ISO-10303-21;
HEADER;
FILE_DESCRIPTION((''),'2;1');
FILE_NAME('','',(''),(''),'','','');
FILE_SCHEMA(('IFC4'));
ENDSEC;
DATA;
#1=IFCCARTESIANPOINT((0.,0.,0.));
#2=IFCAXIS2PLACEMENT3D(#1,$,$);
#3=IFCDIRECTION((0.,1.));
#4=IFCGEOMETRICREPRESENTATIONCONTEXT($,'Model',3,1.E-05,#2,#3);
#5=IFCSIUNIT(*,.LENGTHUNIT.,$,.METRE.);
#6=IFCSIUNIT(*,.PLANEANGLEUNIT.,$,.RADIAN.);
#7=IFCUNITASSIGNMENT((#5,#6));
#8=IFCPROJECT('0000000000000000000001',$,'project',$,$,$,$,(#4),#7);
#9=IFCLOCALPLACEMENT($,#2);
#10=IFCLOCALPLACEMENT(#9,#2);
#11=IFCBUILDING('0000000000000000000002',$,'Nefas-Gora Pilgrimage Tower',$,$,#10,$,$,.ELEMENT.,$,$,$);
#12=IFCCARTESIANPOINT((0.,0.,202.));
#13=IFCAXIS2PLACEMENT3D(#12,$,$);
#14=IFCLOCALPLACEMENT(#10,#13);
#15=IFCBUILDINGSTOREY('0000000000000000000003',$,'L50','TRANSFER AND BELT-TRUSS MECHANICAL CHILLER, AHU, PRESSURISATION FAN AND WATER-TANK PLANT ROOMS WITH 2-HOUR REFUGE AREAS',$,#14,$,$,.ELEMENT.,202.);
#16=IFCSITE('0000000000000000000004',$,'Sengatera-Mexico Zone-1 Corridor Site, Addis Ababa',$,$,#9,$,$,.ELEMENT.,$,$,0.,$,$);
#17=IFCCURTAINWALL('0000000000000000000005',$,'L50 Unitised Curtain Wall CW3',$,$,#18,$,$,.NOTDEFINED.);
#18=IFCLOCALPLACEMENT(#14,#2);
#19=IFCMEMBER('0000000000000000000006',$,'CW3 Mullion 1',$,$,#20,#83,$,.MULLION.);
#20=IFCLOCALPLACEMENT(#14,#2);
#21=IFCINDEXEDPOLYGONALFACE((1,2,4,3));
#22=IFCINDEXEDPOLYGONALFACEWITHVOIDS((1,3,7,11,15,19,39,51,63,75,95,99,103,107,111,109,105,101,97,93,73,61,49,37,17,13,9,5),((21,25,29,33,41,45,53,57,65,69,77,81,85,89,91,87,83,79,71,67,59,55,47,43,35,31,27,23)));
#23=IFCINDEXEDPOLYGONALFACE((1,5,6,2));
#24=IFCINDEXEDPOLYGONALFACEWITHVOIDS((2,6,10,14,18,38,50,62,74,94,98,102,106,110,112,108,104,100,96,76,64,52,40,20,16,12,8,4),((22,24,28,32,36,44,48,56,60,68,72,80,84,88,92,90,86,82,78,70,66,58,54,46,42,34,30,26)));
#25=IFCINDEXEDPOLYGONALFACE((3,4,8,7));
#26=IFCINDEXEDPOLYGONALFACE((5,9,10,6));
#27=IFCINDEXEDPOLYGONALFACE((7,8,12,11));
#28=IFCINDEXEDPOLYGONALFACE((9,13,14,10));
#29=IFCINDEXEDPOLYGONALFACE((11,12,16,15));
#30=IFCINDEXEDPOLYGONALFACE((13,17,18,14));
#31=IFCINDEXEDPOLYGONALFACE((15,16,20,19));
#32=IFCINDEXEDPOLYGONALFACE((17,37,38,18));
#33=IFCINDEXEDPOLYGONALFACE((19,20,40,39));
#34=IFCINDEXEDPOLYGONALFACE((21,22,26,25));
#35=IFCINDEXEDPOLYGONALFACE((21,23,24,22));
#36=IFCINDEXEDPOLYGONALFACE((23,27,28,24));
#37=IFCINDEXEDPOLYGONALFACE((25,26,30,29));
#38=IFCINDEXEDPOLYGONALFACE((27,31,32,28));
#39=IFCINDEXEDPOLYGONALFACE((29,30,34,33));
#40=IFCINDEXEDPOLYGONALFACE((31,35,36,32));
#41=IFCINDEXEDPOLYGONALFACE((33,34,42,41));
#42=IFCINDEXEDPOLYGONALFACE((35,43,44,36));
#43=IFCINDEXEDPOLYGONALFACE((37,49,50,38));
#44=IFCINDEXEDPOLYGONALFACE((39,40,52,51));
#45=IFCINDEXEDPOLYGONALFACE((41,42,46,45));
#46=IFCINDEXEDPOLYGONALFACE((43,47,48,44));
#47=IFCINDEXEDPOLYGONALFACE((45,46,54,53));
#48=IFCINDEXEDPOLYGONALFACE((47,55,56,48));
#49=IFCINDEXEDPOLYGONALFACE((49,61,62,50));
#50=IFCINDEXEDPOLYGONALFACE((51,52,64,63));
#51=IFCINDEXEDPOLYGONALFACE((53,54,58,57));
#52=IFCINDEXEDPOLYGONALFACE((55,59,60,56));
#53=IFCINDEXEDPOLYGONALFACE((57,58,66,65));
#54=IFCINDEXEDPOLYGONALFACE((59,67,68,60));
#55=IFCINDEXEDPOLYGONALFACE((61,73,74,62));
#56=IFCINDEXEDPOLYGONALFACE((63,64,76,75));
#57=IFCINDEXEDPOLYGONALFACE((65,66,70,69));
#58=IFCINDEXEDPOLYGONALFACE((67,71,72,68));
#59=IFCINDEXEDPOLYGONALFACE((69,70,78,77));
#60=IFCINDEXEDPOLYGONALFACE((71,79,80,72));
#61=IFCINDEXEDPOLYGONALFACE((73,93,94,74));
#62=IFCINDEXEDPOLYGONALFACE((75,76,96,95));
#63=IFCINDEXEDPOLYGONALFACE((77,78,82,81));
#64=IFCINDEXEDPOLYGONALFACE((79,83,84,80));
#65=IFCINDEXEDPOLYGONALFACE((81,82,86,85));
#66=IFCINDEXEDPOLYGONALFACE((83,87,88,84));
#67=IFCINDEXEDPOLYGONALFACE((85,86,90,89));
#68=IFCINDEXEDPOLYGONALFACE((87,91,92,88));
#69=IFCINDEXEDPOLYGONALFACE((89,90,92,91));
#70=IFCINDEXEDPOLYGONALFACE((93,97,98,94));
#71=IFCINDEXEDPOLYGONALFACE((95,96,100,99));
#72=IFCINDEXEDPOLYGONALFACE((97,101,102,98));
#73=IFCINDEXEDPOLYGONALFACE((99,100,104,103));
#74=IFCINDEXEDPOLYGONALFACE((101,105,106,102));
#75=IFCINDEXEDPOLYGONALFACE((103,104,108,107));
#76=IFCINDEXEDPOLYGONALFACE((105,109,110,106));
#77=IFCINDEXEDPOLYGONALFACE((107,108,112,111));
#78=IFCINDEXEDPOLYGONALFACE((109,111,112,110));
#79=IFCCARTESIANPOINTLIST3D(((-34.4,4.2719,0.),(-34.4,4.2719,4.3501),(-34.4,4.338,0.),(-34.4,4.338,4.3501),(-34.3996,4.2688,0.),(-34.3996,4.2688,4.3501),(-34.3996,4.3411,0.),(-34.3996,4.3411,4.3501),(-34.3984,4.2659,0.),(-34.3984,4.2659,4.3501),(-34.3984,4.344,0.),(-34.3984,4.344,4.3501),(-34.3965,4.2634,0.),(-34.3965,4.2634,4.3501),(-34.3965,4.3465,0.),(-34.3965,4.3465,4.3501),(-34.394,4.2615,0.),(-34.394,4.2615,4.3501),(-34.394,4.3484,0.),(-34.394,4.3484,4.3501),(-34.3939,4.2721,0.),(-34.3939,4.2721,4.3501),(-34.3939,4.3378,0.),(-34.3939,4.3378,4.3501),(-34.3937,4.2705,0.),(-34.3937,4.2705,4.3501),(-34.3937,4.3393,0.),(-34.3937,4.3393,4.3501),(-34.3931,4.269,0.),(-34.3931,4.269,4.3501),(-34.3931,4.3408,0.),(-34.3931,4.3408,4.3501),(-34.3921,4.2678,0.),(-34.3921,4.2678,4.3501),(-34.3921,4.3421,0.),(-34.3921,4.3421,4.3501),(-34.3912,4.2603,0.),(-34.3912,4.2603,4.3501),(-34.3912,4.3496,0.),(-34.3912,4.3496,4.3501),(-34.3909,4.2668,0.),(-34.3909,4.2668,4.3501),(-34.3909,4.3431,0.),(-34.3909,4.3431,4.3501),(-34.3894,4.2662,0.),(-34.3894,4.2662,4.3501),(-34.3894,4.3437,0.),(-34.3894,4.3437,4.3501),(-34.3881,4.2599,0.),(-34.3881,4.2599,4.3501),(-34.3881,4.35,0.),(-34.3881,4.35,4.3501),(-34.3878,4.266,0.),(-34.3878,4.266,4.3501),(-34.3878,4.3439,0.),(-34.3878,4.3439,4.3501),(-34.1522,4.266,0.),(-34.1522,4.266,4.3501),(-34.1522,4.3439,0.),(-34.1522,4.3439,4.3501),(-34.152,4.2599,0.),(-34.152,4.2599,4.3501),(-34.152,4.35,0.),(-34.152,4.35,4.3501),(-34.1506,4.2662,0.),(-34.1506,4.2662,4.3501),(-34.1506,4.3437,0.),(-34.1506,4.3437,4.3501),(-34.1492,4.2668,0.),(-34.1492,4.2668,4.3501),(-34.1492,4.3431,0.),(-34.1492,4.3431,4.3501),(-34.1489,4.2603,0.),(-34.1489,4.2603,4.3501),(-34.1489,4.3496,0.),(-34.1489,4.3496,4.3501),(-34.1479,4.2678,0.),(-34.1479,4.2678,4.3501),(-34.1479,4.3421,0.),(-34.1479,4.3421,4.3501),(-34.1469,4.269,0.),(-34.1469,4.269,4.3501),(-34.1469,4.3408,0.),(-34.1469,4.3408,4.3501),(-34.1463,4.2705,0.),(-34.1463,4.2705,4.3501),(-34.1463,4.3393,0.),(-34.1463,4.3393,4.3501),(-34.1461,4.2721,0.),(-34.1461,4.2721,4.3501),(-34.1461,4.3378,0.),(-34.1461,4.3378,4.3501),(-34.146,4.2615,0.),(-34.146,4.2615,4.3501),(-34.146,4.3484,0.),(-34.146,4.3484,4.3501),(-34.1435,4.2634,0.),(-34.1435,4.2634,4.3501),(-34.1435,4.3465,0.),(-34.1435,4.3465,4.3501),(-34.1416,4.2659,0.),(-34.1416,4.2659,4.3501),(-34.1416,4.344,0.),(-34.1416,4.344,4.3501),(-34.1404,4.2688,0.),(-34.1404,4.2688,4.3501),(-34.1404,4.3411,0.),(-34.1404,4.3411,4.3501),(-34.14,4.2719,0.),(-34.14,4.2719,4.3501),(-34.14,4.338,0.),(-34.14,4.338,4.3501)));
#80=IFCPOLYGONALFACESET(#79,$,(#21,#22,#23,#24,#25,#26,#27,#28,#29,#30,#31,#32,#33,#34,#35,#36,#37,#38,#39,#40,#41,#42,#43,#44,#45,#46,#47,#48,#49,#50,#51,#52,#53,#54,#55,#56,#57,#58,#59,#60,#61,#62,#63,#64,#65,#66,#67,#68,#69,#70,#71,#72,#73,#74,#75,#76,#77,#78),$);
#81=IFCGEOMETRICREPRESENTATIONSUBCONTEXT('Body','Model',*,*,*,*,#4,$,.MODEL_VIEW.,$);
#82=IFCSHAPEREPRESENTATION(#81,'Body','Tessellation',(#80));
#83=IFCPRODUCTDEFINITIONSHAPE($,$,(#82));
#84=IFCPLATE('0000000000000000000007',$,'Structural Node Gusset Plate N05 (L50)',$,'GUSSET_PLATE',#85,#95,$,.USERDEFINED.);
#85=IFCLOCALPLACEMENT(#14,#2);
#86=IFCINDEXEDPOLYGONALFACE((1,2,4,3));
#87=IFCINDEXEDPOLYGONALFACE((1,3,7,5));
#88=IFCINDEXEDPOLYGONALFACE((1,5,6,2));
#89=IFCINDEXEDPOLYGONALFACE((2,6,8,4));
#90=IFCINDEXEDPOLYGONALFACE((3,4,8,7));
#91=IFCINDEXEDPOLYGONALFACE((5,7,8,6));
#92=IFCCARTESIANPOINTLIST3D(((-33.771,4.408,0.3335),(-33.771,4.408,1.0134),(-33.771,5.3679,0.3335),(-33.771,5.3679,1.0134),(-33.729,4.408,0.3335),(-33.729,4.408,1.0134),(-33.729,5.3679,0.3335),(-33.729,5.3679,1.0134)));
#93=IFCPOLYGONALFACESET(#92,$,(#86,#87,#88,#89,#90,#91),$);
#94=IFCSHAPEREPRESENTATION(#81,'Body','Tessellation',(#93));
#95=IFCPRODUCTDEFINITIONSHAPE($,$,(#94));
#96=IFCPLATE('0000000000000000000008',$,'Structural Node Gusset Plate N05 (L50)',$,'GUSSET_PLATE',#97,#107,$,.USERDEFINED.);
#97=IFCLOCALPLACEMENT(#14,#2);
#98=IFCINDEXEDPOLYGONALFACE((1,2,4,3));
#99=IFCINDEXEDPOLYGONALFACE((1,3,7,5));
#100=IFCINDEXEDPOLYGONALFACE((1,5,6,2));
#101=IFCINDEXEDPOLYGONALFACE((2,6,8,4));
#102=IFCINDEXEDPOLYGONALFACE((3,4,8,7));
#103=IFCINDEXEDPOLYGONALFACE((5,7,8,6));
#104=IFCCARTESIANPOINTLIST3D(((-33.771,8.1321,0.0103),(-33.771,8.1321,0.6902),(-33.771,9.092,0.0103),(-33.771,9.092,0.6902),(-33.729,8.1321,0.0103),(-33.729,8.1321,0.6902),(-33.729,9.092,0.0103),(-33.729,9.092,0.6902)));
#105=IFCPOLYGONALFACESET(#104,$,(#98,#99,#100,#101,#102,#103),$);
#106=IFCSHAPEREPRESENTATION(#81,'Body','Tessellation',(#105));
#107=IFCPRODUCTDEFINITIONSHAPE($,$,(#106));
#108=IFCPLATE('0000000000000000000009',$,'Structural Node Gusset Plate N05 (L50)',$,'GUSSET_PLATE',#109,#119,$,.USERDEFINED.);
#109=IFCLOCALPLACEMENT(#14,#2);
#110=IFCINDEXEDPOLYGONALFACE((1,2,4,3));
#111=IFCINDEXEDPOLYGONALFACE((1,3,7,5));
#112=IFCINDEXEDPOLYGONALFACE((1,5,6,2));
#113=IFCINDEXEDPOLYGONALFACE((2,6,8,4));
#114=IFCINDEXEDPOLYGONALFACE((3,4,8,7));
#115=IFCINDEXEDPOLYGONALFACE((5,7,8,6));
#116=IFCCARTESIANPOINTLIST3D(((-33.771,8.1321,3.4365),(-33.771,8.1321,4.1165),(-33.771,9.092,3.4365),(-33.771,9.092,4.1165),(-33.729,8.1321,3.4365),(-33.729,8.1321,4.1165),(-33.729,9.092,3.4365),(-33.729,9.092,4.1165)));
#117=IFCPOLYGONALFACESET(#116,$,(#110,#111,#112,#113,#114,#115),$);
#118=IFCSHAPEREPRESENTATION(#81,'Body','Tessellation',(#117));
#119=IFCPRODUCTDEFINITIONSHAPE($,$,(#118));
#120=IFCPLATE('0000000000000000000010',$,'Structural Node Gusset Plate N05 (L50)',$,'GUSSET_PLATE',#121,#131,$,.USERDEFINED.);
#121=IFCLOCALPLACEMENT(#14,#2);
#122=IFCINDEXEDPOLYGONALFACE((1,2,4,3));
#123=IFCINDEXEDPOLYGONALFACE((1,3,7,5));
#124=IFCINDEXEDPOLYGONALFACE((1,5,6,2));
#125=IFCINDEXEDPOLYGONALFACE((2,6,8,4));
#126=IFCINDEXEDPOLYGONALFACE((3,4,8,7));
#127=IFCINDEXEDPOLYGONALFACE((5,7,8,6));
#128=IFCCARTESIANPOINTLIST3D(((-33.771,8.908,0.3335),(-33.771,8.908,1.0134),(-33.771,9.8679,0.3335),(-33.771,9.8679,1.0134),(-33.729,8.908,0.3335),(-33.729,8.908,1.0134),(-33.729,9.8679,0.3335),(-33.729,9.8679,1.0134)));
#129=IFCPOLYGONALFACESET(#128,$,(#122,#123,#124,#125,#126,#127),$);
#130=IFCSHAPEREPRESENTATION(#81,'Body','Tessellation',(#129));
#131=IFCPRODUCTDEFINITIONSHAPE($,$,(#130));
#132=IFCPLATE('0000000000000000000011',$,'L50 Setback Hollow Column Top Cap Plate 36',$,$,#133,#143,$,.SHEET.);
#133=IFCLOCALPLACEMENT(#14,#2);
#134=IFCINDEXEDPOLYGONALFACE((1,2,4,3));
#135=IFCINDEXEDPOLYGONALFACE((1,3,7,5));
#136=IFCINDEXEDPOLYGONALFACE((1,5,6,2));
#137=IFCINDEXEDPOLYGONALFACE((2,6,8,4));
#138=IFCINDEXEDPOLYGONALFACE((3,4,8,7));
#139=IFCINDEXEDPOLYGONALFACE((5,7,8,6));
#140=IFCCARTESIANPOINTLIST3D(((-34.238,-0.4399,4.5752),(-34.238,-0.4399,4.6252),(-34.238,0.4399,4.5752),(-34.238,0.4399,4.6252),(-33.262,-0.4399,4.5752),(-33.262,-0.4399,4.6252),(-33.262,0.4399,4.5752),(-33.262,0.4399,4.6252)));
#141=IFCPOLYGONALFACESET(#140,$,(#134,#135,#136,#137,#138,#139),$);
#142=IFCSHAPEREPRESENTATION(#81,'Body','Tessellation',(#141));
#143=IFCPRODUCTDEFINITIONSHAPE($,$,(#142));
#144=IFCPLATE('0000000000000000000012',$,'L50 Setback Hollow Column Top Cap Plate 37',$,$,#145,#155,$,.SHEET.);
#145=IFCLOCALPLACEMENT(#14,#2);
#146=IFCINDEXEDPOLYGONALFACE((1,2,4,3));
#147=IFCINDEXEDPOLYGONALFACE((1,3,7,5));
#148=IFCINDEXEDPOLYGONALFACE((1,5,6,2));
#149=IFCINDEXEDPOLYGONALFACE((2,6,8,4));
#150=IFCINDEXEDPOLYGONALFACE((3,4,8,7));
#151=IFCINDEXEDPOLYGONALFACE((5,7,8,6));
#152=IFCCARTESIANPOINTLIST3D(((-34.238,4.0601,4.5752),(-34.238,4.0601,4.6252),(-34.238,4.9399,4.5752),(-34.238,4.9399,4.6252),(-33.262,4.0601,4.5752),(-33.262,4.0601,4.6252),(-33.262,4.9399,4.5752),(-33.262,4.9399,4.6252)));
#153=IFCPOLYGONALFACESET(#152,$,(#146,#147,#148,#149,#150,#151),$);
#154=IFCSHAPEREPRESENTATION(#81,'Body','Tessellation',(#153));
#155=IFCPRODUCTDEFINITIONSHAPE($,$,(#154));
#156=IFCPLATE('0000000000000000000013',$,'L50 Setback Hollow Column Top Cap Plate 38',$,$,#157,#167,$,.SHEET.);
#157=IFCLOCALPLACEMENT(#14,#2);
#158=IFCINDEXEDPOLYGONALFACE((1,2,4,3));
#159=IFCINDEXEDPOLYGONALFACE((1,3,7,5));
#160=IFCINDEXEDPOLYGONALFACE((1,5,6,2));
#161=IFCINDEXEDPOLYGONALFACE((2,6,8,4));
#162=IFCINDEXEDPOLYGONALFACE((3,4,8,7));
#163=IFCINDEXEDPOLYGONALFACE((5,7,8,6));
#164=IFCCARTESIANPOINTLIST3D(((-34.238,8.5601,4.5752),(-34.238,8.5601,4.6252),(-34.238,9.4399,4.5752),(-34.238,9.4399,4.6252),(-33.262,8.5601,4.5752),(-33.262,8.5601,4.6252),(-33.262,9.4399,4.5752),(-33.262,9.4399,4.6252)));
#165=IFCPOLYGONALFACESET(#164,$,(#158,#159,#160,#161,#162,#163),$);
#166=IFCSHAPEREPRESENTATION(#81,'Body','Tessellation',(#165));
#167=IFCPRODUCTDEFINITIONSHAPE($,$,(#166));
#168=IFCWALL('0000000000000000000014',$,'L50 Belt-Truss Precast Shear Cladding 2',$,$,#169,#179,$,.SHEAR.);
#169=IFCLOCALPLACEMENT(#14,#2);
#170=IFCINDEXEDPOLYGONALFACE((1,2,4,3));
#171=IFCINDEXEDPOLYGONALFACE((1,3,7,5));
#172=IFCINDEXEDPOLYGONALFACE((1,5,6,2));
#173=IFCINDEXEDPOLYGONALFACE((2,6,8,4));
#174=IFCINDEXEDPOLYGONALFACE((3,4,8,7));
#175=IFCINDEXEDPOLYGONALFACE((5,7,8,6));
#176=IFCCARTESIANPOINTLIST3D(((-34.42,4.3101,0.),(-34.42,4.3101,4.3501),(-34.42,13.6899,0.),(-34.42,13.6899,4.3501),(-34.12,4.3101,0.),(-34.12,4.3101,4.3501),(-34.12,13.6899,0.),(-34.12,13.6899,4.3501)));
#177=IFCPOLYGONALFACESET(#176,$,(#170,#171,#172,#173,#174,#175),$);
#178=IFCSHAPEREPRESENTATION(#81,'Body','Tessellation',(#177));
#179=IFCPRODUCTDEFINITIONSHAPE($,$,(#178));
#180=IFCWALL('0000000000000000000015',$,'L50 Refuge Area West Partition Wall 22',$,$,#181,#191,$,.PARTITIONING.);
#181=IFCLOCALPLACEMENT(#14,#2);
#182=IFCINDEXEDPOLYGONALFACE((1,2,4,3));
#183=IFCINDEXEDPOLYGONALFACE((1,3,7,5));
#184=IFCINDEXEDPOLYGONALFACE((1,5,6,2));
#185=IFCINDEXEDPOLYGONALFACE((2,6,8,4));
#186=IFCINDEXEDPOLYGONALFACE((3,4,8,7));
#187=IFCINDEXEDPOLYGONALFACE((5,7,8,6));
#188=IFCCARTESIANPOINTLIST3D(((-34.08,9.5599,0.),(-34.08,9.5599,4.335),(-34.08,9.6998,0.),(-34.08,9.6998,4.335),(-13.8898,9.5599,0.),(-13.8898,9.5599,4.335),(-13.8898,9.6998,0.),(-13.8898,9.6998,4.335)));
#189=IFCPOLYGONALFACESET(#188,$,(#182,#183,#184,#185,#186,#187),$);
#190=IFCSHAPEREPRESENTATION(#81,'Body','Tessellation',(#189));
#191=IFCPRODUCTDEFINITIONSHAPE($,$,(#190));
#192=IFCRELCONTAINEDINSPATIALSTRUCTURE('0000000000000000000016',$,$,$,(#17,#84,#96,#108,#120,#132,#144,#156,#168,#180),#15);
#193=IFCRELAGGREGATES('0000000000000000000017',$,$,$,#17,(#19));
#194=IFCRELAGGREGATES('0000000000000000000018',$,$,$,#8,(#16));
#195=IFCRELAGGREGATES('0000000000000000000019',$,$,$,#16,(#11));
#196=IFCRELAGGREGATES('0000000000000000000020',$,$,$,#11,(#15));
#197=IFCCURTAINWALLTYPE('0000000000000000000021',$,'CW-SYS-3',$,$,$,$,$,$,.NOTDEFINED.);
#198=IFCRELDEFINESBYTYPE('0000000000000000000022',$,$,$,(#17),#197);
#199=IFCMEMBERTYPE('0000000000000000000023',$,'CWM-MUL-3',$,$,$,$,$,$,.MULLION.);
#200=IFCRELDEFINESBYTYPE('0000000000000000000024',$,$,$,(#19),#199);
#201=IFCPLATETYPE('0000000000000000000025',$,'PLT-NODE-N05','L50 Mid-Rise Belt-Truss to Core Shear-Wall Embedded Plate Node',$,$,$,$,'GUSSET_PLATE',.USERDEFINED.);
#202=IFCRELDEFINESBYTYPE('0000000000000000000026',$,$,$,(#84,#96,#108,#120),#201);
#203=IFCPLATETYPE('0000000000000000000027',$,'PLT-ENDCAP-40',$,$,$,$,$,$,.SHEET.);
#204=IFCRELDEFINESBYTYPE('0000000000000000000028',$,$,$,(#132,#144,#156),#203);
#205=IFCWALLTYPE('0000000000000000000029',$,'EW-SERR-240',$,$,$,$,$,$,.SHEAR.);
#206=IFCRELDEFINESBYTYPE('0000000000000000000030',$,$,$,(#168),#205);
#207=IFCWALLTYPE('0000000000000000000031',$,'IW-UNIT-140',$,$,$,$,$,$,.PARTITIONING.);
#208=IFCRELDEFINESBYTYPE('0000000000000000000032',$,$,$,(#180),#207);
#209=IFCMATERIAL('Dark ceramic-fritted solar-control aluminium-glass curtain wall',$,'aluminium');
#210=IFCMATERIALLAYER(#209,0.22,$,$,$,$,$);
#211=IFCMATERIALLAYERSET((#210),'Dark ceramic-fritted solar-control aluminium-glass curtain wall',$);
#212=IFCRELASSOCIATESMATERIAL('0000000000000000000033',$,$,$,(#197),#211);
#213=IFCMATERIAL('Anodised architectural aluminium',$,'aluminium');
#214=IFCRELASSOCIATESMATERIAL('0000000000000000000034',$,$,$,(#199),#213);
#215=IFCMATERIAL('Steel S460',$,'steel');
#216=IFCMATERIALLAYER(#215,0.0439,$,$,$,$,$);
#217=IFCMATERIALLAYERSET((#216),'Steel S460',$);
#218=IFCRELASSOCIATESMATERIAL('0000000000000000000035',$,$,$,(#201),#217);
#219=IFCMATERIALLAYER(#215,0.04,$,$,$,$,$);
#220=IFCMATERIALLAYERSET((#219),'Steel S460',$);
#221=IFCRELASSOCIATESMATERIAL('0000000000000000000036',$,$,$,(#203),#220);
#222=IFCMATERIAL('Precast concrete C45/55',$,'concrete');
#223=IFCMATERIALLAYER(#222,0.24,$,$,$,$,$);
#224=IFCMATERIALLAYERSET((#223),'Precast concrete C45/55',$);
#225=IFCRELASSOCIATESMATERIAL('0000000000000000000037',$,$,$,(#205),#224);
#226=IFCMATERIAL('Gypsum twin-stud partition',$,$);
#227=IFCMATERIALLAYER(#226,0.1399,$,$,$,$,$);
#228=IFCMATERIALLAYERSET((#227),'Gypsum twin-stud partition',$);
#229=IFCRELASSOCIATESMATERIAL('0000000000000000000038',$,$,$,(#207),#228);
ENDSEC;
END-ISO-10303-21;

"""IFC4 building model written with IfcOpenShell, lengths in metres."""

from ifc_helpers import new_model, si_unit, direction, frame, frame_2d, origin, origin_2d, place, context, subcontext, project, spatial, rectangle, hollow_rectangle, extrude, source, transform, mapped, material, layer, layer_set, material_profile, profile_set, type_object, element, aggregate, save


model = new_model("IFC4")

# Units and contexts
model_context = context("Model", 3, precision=1e-05, world=origin(), true_north=direction((0.0, 1.0)))
body_context = subcontext(model_context, "Body", "Model", "MODEL_VIEW")
ifc_project = project(units=[si_unit("LENGTHUNIT", "METRE"), si_unit("PLANEANGLEUNIT", "RADIAN")], contexts=[model_context])

# Site, building, storey
site_placement = place(None, origin())
site = spatial("IfcSite", under=ifc_project, at=site_placement, Name="Sengatera-Mexico Zone-1 Corridor Site, Addis Ababa", CompositionType="ELEMENT", RefElevation=0.0)
building_placement = place(site_placement, origin())
building = spatial("IfcBuilding", under=site, at=building_placement, Name="Nefas-Gora Pilgrimage Tower", CompositionType="ELEMENT")
storey_placement = place(building_placement, frame((0.0, 0.0, 202.0)))
storey = spatial("IfcBuildingStorey", under=building, at=storey_placement, Name="L50", Description="TRANSFER AND BELT-TRUSS MECHANICAL CHILLER, AHU, PRESSURISATION FAN AND WATER-TANK PLANT ROOMS WITH 2-HOUR REFUGE AREAS", CompositionType="ELEMENT", Elevation=202.0)

# Shared definitions
ifc_material_1 = material(Name="Steel S460", Category="steel")

# Curtain wall, member
ifc_material_2 = material(Name="Dark ceramic-fritted solar-control aluminium-glass curtain wall", Category="aluminium")
ifc_layer_1 = layer(ifc_material_2, 0.22)
ifc_layer_set_1 = layer_set([ifc_layer_1], Name="Dark ceramic-fritted solar-control aluminium-glass curtain wall")
curtain_wall_type = type_object("IfcCurtainWallType", Name="CW-SYS-3", PredefinedType="NOTDEFINED", material=ifc_layer_set_1)
curtain_wall_placement = place(storey_placement, origin())
curtain_wall = element("IfcCurtainWall", 1, at=curtain_wall_placement, inside=storey, type_object=curtain_wall_type, Name="L50 Unitised Curtain Wall CW3", PredefinedType="NOTDEFINED")
ifc_material_3 = material(Name="Anodised architectural aluminium", Category="aluminium")
ifc_material_profile_1 = material_profile(ifc_material_3, hollow_rectangle(XDim=0.0901, YDim=0.26, WallThickness=0.0061, InnerFilletRadius=0.0061, OuterFilletRadius=0.012, at=origin_2d()), Name="ALU MULLION 90x260")
ifc_profile_set_1 = profile_set([ifc_material_profile_1], Name="Anodised architectural aluminium")
member_type_1 = type_object("IfcMemberType", Name="CWM-MUL-3", PredefinedType="MULLION", material=ifc_profile_set_1)
shared_shape_1 = source(origin(), body_context, "Body", "SweptSolid", [
    extrude(hollow_rectangle(XDim=0.0901, YDim=0.26, WallThickness=0.0061, InnerFilletRadius=0.0061, OuterFilletRadius=0.012, at=origin_2d()), origin(), (0.0, 0.0, 1.0), 4.3501),
])
member_1_placement = place(storey_placement, frame((-34.27, 4.3049, 0.0), z_axis=(0.0, 0.0, 1.0), x_axis=(0.0, -1.0, 0.0)))
member_1 = element("IfcMember", 2, at=member_1_placement, type_object=member_type_1, Name="CW3 Mullion 1", PredefinedType="MULLION", context=body_context, shape_type="MappedRepresentation", body=[
    mapped(shared_shape_1, transform((0.0, 0.0, 0.0), x_axis=(1.0, 0.0, 0.0), y_axis=(0.0, 1.0, 0.0), z_axis=(0.0, 0.0, 1.0), scale=1.0)),
])
aggregate(curtain_wall, [member_1])

# Plates
ifc_layer_2 = layer(ifc_material_1, 0.0439)
ifc_layer_set_2 = layer_set([ifc_layer_2], Name="Steel S460")
plate_type_1 = type_object("IfcPlateType", Name="PLT-NODE-N05", Description="L50 Mid-Rise Belt-Truss to Core Shear-Wall Embedded Plate Node", ElementType="GUSSET_PLATE", PredefinedType="USERDEFINED", material=ifc_layer_set_2)
shared_shape_2 = source(origin(), body_context, "Body", "SweptSolid", [
    extrude(rectangle(XDim=0.96, YDim=0.042, at=origin_2d()), origin(), (0.0, 0.0, 1.0), 0.6799),
])
for number, where, z_axis, x_axis, name in (
    (3, (-33.75, 4.8879, 0.3335), (0.0, 0.0, 1.0), (0.0, 1.0, 0.0), "Structural Node Gusset Plate N05 (L50)"),
    (4, (-33.75, 8.6121, 0.0103), (0.0, 0.0, 1.0), (0.0, 1.0, 0.0), "Structural Node Gusset Plate N05 (L50)"),
    (5, (-33.75, 8.6121, 3.4365), (0.0, 0.0, 1.0), (0.0, 1.0, 0.0), "Structural Node Gusset Plate N05 (L50)"),
    (6, (-33.75, 9.3879, 0.3335), (0.0, 0.0, 1.0), (0.0, 1.0, 0.0), "Structural Node Gusset Plate N05 (L50)"),
):
    element("IfcPlate", number, at=place(storey_placement, frame(where, z_axis=z_axis, x_axis=x_axis)), inside=storey, type_object=plate_type_1, Name=name, ObjectType="GUSSET_PLATE", PredefinedType="USERDEFINED", context=body_context, shape_type="MappedRepresentation", body=[
        mapped(shared_shape_2, transform((0.0, 0.0, 0.0), x_axis=(1.0, 0.0, 0.0), y_axis=(0.0, 1.0, 0.0), z_axis=(0.0, 0.0, 1.0), scale=1.0)),
    ])
ifc_layer_3 = layer(ifc_material_1, 0.04)
ifc_layer_set_3 = layer_set([ifc_layer_3], Name="Steel S460")
plate_type_2 = type_object("IfcPlateType", Name="PLT-ENDCAP-40", PredefinedType="SHEET", material=ifc_layer_set_3)
shared_shape_3 = source(origin(), body_context, "Body", "SweptSolid", [
    extrude(rectangle(XDim=0.9761, YDim=0.8799, at=origin_2d()), origin(), (0.0, 0.0, 1.0), 0.05),
])
for number, where, z_axis, x_axis, name in (
    (7, (-33.75, 0.0, 4.5752), (0.0, 0.0, 1.0), (1.0, 0.0, 0.0), "L50 Setback Hollow Column Top Cap Plate 36"),
    (8, (-33.75, 4.5, 4.5752), (0.0, 0.0, 1.0), (1.0, 0.0, 0.0), "L50 Setback Hollow Column Top Cap Plate 37"),
    (9, (-33.75, 9.0, 4.5752), (0.0, 0.0, 1.0), (1.0, 0.0, 0.0), "L50 Setback Hollow Column Top Cap Plate 38"),
):
    element("IfcPlate", number, at=place(storey_placement, frame(where, z_axis=z_axis, x_axis=x_axis)), inside=storey, type_object=plate_type_2, Name=name, PredefinedType="SHEET", context=body_context, shape_type="MappedRepresentation", body=[
        mapped(shared_shape_3, transform((0.0, 0.0, 0.0), x_axis=(1.0, 0.0, 0.0), y_axis=(0.0, 1.0, 0.0), z_axis=(0.0, 0.0, 1.0), scale=1.0)),
    ])

# Walls
ifc_material_4 = material(Name="Precast concrete C45/55", Category="concrete")
ifc_layer_4 = layer(ifc_material_4, 0.24)
ifc_layer_set_4 = layer_set([ifc_layer_4], Name="Precast concrete C45/55")
wall_type_1 = type_object("IfcWallType", Name="EW-SERR-240", PredefinedType="SHEAR", material=ifc_layer_set_4)
shared_shape_4 = source(origin(), body_context, "Body", "SweptSolid", [
    extrude(rectangle(XDim=9.3799, YDim=0.3, at=frame_2d((4.6899, 0.0))), origin(), (0.0, 0.0, 1.0), 4.3501),
])
wall_1_placement = place(storey_placement, frame((-34.27, 4.3101, 0.0), z_axis=(0.0, 0.0, 1.0), x_axis=(0.0, 1.0, 0.0)))
element("IfcWall", 10, at=wall_1_placement, inside=storey, type_object=wall_type_1, Name="L50 Belt-Truss Precast Shear Cladding 2", PredefinedType="SHEAR", context=body_context, shape_type="MappedRepresentation", body=[
    mapped(shared_shape_4, transform((0.0, 0.0, 0.0), x_axis=(1.0, 0.0, 0.0), y_axis=(0.0, 1.0, 0.0), z_axis=(0.0, 0.0, 1.0), scale=1.0)),
])
ifc_material_5 = material(Name="Gypsum twin-stud partition")
ifc_layer_5 = layer(ifc_material_5, 0.1399)
ifc_layer_set_5 = layer_set([ifc_layer_5], Name="Gypsum twin-stud partition")
wall_type_2 = type_object("IfcWallType", Name="IW-UNIT-140", PredefinedType="PARTITIONING", material=ifc_layer_set_5)
shared_shape_5 = source(origin(), body_context, "Body", "SweptSolid", [
    extrude(rectangle(XDim=20.1902, YDim=0.1399, at=frame_2d((10.0952, 0.0))), origin(), (0.0, 0.0, 1.0), 4.335),
])
wall_2_placement = place(storey_placement, frame((-34.0801, 9.6299, 0.0), z_axis=(0.0, 0.0, 1.0), x_axis=(1.0, 0.0, 0.0)))
element("IfcWall", 11, at=wall_2_placement, inside=storey, type_object=wall_type_2, Name="L50 Refuge Area West Partition Wall 22", PredefinedType="PARTITIONING", context=body_context, shape_type="MappedRepresentation", body=[
    mapped(shared_shape_5, transform((0.0, 0.0, 0.0), x_axis=(1.0, 0.0, 0.0), y_axis=(0.0, 1.0, 0.0), z_axis=(0.0, 0.0, 1.0), scale=1.0)),
])

save(model, "model.ifc")
